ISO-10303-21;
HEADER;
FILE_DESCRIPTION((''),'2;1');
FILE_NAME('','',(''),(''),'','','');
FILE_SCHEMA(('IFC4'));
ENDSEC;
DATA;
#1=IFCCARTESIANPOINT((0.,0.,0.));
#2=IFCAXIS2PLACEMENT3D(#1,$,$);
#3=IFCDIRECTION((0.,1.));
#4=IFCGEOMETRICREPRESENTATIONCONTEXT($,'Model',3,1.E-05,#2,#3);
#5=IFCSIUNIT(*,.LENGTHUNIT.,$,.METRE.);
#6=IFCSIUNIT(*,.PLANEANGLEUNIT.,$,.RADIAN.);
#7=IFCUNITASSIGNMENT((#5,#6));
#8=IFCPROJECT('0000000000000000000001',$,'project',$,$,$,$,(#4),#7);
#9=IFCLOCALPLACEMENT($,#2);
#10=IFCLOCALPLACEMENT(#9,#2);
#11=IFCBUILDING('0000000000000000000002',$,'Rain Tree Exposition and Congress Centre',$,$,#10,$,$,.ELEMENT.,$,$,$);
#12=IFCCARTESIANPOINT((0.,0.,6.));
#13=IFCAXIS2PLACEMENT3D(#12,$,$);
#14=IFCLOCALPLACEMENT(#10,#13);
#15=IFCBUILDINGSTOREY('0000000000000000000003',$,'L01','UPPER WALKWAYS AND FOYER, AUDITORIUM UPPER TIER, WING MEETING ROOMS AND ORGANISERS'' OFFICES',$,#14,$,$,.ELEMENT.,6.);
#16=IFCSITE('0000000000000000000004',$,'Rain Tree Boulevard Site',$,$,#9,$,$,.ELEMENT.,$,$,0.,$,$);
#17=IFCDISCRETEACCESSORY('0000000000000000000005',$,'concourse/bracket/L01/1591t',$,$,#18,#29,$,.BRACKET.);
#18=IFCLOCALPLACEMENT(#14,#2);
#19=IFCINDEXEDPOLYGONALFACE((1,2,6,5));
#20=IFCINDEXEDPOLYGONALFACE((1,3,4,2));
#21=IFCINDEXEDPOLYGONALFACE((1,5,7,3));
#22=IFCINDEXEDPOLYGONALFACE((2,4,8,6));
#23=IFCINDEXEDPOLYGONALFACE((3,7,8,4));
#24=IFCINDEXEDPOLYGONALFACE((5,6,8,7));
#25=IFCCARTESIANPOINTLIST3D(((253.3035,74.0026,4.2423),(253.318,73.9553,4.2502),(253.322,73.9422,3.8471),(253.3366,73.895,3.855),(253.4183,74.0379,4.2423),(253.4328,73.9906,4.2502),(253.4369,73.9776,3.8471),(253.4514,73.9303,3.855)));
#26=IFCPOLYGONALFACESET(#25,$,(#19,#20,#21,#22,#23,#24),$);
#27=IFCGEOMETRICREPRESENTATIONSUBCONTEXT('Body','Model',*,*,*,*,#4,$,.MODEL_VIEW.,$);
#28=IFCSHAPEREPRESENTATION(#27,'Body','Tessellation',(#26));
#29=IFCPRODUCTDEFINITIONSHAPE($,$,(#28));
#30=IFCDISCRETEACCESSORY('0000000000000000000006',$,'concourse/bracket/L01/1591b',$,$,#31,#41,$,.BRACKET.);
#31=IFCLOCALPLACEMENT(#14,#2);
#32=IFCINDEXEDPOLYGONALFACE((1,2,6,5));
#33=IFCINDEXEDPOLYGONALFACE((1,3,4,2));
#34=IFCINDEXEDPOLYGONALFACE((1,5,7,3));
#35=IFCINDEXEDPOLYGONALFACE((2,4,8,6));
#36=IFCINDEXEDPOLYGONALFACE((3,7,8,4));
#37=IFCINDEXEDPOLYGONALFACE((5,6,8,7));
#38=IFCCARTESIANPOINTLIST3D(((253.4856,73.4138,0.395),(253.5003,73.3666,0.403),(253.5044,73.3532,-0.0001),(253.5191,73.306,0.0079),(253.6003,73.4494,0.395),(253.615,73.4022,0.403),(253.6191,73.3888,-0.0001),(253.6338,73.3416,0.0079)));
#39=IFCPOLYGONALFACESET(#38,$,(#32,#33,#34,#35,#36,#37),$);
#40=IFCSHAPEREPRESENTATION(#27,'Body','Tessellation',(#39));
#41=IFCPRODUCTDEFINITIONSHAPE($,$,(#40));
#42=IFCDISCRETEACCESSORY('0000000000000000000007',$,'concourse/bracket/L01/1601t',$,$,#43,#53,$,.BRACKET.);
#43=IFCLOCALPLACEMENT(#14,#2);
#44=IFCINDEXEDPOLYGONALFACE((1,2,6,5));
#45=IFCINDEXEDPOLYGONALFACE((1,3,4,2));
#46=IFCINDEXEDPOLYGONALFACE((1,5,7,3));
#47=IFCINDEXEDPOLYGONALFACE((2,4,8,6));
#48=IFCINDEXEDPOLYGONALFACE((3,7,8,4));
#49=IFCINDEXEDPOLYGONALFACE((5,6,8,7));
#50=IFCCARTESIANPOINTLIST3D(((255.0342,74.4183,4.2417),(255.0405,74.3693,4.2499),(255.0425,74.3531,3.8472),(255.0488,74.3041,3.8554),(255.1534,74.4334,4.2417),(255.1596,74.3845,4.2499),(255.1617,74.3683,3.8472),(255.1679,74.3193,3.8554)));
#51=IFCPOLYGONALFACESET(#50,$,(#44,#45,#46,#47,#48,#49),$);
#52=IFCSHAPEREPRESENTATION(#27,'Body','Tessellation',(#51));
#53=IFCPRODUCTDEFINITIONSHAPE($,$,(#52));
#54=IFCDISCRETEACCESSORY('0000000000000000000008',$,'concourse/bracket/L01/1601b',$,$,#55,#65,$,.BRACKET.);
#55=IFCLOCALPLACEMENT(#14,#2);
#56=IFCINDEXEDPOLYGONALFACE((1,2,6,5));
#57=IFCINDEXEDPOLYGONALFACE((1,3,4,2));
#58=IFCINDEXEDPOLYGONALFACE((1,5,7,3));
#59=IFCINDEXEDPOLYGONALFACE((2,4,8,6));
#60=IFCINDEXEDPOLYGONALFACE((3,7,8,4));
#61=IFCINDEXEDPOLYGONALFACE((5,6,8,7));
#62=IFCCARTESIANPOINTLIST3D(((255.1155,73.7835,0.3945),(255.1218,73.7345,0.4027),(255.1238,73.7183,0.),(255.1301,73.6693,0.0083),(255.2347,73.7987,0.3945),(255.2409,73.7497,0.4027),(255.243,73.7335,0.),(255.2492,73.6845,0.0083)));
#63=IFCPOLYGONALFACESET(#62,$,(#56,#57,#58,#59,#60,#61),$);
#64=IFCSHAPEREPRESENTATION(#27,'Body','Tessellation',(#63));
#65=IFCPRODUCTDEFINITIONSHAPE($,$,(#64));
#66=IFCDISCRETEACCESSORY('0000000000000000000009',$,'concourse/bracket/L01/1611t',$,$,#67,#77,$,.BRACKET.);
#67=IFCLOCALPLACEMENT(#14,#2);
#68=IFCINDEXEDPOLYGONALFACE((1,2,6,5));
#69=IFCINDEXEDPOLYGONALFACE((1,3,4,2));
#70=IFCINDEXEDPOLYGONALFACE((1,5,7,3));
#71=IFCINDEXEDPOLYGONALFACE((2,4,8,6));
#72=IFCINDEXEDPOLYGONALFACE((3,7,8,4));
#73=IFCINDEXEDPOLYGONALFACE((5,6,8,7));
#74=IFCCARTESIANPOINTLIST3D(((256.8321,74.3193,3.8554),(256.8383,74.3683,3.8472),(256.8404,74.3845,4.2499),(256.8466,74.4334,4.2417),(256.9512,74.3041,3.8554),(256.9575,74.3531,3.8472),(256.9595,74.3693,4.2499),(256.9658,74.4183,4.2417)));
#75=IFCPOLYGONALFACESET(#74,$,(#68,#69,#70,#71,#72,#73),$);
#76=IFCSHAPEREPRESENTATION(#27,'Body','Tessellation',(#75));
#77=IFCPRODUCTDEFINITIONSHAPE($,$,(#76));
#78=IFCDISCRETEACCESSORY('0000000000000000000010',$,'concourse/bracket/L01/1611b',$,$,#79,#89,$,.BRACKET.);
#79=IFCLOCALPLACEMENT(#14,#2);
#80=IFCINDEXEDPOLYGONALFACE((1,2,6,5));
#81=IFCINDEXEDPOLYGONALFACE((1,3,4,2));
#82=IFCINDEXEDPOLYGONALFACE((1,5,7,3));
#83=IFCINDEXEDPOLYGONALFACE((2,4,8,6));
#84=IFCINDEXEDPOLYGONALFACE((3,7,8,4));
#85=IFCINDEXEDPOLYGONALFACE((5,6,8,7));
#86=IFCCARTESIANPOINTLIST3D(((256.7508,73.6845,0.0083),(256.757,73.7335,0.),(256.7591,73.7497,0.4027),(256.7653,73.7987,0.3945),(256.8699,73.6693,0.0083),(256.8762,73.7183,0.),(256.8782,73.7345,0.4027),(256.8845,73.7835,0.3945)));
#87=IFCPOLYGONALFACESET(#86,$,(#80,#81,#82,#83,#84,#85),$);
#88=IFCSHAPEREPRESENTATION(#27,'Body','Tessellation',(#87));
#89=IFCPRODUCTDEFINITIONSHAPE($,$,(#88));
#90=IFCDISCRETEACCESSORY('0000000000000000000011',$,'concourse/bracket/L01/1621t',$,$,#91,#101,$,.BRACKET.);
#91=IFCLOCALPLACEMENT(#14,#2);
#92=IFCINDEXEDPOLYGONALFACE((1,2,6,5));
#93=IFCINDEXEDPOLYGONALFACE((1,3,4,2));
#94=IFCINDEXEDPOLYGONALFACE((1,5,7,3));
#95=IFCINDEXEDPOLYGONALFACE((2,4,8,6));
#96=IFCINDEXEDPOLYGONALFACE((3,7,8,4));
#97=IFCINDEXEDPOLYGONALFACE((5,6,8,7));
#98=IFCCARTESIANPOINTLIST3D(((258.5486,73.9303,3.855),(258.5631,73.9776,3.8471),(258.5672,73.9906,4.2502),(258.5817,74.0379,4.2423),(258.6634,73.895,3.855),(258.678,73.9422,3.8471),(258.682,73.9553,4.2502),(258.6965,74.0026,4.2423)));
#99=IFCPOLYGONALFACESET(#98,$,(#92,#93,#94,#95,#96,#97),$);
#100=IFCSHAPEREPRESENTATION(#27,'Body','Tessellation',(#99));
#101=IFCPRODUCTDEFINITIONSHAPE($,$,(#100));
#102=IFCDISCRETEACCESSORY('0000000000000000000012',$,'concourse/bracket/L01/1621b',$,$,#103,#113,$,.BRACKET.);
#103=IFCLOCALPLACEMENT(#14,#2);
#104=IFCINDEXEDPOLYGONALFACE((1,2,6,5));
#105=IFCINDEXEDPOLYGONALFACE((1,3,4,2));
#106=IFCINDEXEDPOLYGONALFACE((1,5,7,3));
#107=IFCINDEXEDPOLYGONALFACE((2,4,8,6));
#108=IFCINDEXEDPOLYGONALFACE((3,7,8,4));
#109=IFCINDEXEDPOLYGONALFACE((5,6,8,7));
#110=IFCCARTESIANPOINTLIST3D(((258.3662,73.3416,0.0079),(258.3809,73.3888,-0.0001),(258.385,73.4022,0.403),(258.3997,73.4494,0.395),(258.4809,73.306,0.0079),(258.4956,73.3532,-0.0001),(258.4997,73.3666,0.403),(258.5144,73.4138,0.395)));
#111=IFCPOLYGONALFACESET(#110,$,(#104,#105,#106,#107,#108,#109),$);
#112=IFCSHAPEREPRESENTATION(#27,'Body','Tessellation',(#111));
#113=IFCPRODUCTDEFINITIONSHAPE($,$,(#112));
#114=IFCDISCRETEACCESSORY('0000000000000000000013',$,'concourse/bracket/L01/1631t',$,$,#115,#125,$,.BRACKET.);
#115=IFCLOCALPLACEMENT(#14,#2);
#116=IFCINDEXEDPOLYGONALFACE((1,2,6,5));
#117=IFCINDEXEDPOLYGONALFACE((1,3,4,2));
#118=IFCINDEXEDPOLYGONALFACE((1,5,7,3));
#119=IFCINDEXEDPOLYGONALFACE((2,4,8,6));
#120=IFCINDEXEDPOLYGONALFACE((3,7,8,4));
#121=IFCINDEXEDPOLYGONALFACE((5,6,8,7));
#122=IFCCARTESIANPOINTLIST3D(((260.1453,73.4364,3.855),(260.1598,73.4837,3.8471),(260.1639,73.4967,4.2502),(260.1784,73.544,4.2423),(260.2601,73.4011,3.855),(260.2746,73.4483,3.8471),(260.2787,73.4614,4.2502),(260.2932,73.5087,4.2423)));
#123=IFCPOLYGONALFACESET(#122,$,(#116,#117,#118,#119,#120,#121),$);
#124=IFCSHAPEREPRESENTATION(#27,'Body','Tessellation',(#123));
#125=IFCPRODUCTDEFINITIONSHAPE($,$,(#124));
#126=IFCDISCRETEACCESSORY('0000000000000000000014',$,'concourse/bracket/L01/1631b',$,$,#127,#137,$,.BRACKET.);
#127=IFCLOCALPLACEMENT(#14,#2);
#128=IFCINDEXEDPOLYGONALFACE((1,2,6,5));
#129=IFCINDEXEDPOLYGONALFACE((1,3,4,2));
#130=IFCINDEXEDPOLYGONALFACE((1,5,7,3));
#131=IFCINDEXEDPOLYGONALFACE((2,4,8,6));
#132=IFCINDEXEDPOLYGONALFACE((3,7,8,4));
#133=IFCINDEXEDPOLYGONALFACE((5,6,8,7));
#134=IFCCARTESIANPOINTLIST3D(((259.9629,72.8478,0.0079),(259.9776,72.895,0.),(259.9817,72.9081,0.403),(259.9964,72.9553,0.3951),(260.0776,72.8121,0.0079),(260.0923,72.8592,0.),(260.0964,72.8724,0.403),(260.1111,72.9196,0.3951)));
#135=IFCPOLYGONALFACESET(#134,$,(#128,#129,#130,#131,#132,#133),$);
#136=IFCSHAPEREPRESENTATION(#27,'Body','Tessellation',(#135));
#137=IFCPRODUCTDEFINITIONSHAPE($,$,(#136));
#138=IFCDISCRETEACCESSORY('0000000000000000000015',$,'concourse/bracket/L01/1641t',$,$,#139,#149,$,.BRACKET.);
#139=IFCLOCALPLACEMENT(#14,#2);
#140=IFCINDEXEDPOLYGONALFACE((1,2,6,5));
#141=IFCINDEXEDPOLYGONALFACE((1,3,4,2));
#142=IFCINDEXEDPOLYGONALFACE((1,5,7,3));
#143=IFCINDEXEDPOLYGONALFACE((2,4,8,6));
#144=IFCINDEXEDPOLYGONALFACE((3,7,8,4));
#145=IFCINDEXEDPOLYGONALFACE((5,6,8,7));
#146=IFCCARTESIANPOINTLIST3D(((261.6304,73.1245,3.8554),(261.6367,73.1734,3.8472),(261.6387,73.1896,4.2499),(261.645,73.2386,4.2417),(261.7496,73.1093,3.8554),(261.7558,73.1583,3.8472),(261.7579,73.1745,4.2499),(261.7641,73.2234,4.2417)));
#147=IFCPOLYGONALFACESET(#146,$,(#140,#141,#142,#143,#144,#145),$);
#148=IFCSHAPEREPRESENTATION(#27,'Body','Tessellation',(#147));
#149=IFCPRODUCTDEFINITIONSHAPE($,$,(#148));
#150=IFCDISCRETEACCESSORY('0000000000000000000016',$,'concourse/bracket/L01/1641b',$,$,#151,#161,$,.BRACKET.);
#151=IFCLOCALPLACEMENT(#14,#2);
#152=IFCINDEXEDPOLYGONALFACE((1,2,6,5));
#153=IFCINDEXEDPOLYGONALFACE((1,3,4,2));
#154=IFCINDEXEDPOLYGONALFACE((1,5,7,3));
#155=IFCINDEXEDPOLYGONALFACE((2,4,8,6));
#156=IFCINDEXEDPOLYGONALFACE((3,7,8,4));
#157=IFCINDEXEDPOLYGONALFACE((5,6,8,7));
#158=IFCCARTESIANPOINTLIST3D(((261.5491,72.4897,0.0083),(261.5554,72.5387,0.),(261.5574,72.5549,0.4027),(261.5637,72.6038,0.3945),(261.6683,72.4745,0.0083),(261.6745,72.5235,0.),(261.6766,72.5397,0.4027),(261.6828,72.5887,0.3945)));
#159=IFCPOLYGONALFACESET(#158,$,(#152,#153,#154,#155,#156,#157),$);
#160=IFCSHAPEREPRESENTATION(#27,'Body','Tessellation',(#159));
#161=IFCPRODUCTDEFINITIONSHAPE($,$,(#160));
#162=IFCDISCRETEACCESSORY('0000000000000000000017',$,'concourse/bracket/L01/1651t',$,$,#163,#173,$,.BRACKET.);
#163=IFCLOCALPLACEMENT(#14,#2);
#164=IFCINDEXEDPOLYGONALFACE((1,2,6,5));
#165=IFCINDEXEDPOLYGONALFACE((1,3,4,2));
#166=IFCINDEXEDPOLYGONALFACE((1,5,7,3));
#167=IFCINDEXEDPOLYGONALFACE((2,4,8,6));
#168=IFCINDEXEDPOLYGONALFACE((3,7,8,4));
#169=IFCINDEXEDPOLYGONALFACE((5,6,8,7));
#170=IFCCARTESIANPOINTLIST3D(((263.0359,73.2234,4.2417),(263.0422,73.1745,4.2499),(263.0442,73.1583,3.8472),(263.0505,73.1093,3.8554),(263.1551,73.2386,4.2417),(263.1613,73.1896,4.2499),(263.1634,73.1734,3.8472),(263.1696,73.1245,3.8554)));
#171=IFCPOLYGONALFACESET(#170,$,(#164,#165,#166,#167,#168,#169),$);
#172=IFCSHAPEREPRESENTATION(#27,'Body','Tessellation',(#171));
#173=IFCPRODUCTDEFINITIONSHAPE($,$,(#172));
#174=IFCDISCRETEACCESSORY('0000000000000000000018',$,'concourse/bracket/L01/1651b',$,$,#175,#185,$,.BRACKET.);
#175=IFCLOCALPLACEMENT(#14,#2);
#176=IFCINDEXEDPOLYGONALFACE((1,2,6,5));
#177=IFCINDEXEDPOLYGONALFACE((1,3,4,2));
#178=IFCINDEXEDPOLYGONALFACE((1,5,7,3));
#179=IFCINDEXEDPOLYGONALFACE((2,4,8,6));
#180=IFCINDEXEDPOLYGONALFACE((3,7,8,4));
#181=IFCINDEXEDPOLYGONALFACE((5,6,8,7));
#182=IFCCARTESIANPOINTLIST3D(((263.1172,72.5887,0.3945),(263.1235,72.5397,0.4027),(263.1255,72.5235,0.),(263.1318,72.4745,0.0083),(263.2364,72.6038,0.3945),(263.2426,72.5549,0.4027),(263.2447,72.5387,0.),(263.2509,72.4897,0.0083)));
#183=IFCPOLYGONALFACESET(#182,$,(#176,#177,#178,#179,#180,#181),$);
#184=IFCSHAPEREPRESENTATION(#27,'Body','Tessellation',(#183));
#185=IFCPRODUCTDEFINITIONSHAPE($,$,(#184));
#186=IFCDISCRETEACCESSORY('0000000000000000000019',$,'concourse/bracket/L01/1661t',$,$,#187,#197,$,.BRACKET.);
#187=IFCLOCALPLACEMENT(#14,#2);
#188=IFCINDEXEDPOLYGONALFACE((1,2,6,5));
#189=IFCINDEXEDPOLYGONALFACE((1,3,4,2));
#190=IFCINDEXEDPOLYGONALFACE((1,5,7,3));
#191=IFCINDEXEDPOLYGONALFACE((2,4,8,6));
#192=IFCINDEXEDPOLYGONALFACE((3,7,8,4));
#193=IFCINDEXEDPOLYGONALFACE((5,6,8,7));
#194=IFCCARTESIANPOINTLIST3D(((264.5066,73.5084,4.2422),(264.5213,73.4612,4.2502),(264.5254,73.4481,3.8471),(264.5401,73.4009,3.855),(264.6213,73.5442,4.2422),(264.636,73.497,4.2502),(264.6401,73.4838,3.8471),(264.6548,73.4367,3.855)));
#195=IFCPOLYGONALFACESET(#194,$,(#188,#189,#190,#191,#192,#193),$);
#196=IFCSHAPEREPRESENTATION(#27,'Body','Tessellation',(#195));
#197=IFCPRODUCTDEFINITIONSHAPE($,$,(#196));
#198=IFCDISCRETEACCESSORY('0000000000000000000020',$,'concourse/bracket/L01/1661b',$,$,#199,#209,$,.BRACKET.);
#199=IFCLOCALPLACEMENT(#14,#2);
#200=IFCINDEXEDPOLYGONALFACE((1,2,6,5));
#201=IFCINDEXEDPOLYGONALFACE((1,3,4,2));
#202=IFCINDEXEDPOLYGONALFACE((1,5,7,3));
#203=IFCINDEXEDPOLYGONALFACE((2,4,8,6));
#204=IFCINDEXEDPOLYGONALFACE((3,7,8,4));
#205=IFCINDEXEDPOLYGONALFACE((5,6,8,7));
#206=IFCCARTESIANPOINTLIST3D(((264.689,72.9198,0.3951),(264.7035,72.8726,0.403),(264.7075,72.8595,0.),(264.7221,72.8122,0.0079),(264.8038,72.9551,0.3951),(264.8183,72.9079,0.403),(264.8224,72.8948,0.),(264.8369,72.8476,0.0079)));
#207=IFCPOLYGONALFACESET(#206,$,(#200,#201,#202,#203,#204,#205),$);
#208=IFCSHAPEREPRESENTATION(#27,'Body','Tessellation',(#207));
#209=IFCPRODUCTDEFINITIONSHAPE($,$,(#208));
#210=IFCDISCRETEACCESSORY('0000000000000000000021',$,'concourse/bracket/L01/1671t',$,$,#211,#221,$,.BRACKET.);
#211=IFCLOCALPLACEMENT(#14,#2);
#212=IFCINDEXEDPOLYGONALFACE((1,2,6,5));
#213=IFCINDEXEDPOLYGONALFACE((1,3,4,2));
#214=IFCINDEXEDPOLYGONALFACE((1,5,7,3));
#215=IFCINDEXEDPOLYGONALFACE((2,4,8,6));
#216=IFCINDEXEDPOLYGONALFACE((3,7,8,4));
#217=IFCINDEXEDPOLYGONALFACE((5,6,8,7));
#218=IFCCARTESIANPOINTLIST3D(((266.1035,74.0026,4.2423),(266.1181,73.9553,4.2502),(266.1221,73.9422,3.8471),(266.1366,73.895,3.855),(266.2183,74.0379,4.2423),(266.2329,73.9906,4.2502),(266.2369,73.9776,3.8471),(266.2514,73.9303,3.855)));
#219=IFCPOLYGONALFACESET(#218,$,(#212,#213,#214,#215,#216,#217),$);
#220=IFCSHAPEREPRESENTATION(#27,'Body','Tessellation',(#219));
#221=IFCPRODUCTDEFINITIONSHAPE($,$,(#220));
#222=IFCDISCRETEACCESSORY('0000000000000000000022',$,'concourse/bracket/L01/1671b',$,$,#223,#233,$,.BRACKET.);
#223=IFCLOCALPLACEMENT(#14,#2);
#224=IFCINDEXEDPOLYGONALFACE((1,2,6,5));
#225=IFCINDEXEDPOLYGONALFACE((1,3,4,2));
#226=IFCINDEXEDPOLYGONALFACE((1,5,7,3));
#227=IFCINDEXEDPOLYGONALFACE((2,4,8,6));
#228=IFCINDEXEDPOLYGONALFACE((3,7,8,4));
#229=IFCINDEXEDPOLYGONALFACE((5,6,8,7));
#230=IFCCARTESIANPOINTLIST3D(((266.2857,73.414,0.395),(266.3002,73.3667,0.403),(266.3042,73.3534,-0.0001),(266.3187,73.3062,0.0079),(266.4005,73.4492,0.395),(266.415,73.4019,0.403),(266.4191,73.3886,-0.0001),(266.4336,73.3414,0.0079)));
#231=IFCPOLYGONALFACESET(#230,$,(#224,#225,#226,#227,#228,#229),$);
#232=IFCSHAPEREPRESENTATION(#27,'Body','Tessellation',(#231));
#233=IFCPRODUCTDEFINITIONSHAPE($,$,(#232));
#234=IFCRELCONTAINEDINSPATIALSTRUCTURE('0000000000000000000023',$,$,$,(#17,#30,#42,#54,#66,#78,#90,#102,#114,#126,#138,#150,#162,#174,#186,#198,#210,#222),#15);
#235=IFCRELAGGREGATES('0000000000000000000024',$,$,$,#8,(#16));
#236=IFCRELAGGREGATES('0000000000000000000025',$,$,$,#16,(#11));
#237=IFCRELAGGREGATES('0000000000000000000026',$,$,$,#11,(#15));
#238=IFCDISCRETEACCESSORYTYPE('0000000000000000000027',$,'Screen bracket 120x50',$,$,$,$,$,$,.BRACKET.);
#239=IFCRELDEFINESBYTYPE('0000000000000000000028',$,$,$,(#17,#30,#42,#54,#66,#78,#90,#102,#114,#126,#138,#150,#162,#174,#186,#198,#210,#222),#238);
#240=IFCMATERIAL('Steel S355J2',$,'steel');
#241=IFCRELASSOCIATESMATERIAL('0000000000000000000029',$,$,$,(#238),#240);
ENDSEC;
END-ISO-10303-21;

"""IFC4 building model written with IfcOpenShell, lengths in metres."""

from ifc_helpers import new_model, si_unit, direction, frame, origin, origin_2d, place, context, subcontext, project, spatial, rectangle, extrude, material, material_profile, profile_set, type_object, element, save


model = new_model("IFC4")

# Units and contexts
model_context = context("Model", 3, precision=1e-05, world=origin(), true_north=direction((0.0, 1.0)))
body_context = subcontext(model_context, "Body", "Model", "MODEL_VIEW")
ifc_project = project(units=[si_unit("LENGTHUNIT", "METRE"), si_unit("PLANEANGLEUNIT", "RADIAN")], contexts=[model_context])

# Site, building, storey
site_placement = place(None, origin())
site = spatial("IfcSite", under=ifc_project, at=site_placement, Name="Rain Tree Boulevard Site", CompositionType="ELEMENT", RefElevation=0.0)
building_placement = place(site_placement, origin())
building = spatial("IfcBuilding", under=site, at=building_placement, Name="Rain Tree Exposition and Congress Centre", CompositionType="ELEMENT")
storey_placement = place(building_placement, frame((0.0, 0.0, 6.0)))
storey = spatial("IfcBuildingStorey", under=building, at=storey_placement, Name="L01", Description="UPPER WALKWAYS AND FOYER, AUDITORIUM UPPER TIER, WING MEETING ROOMS AND ORGANISERS' OFFICES", CompositionType="ELEMENT", Elevation=6.0)

# Discrete accessories
ifc_material_1 = material(Name="Steel S355J2", Category="steel")
ifc_material_profile = material_profile(ifc_material_1, rectangle(XDim=0.1201, YDim=0.05, at=origin_2d()), Name="Flat bar 120x50")
ifc_profile_set = profile_set([ifc_material_profile], Name="Steel S355J2")
discrete_accessory_type = type_object("IfcDiscreteAccessoryType", Name="Screen bracket 120x50", PredefinedType="BRACKET", material=ifc_profile_set)
for number, where, z_axis, x_axis, name in (
    (1, (253.3867, 73.9363, 3.8511), (-0.046384, 0.150747, 0.987484), (-0.955779, -0.294086, 0.0), "concourse/bracket/L01/1591t"),
    (2, (253.5691, 73.3474, 0.0039), (-0.046988, 0.151339, 0.987364), (-0.955027, -0.29652, 0.0), "concourse/bracket/L01/1591b"),
):
    element("IfcDiscreteAccessory", number, at=place(storey_placement, frame(where, z_axis=z_axis, x_axis=x_axis)), inside=storey, type_object=discrete_accessory_type, Name=name, PredefinedType="BRACKET", context=body_context, shape_type="SweptSolid", body=[
        extrude(rectangle(XDim=0.1201, YDim=0.05, at=origin_2d()), origin(), (0.0, 0.0, 1.0), 0.4001),
    ])
for number, where, z_axis, x_axis, name in (
    (3, (255.1052, 74.3362, 3.8513), (-0.020754, 0.162978, 0.986411), (-0.991989, -0.126321, 0.0), "concourse/bracket/L01/1601t"),
    (4, (255.1865, 73.7014, 0.0042), (-0.020754, 0.162978, 0.986411), (-0.991989, -0.126321, 0.0), "concourse/bracket/L01/1601b"),
    (5, (256.8948, 74.3362, 3.8513), (0.020754, 0.162978, 0.986411), (-0.991989, 0.126321, 0.0), "concourse/bracket/L01/1611t"),
    (6, (256.8135, 73.7014, 0.0042), (0.020754, 0.162978, 0.986411), (-0.991989, 0.126321, 0.0), "concourse/bracket/L01/1611b"),
):
    element("IfcDiscreteAccessory", number, at=place(storey_placement, frame(where, z_axis=z_axis, x_axis=x_axis)), inside=storey, type_object=discrete_accessory_type, Name=name, PredefinedType="BRACKET", context=body_context, shape_type="SweptSolid", body=[
        extrude(rectangle(XDim=0.1201, YDim=0.05, at=origin_2d()), origin(), (0.0, 0.0, 1.0), 0.3999),
    ])
for number, where, z_axis, x_axis, name in (
    (7, (258.6133, 73.9363, 3.8511), (0.046384, 0.150747, 0.987484), (-0.955779, 0.294086, 0.0), "concourse/bracket/L01/1621t"),
    (8, (258.4309, 73.3474, 0.0039), (0.046988, 0.151339, 0.987364), (-0.955027, 0.29652, 0.0), "concourse/bracket/L01/1621b"),
    (9, (260.21, 73.4424, 3.8511), (0.046384, 0.150747, 0.987484), (-0.955779, 0.294086, 0.0), "concourse/bracket/L01/1631t"),
    (10, (260.0276, 72.8535, 0.0039), (0.046993, 0.150743, 0.987456), (-0.954686, 0.297615, 0.0), "concourse/bracket/L01/1631b"),
):
    element("IfcDiscreteAccessory", number, at=place(storey_placement, frame(where, z_axis=z_axis, x_axis=x_axis)), inside=storey, type_object=discrete_accessory_type, Name=name, PredefinedType="BRACKET", context=body_context, shape_type="SweptSolid", body=[
        extrude(rectangle(XDim=0.1201, YDim=0.05, at=origin_2d()), origin(), (0.0, 0.0, 1.0), 0.4001),
    ])
for number, where, z_axis, x_axis, name in (
    (11, (261.6931, 73.1414, 3.8513), (0.020754, 0.162978, 0.986411), (-0.991989, 0.126321, 0.0), "concourse/bracket/L01/1641t"),
    (12, (261.6118, 72.5066, 0.0042), (0.020754, 0.162978, 0.986411), (-0.991989, 0.126321, 0.0), "concourse/bracket/L01/1641b"),
    (13, (263.1069, 73.1414, 3.8513), (-0.020754, 0.162978, 0.986411), (-0.991989, -0.126321, 0.0), "concourse/bracket/L01/1651t"),
    (14, (263.1882, 72.5066, 0.0042), (-0.020754, 0.162978, 0.986411), (-0.991989, -0.126321, 0.0), "concourse/bracket/L01/1651b"),
):
    element("IfcDiscreteAccessory", number, at=place(storey_placement, frame(where, z_axis=z_axis, x_axis=x_axis)), inside=storey, type_object=discrete_accessory_type, Name=name, PredefinedType="BRACKET", context=body_context, shape_type="SweptSolid", body=[
        extrude(rectangle(XDim=0.1201, YDim=0.05, at=origin_2d()), origin(), (0.0, 0.0, 1.0), 0.3999),
    ])
for number, where, z_axis, x_axis, name in (
    (15, (264.5901, 73.4424, 3.8511), (-0.046993, 0.150743, 0.987456), (-0.954686, -0.297615, 0.0), "concourse/bracket/L01/1661t"),
    (16, (264.7722, 72.8535, 0.0039), (-0.046384, 0.150747, 0.987484), (-0.955779, -0.294086, 0.0), "concourse/bracket/L01/1661b"),
    (17, (266.1868, 73.9363, 3.8511), (-0.046384, 0.150747, 0.987484), (-0.955779, -0.294086, 0.0), "concourse/bracket/L01/1671t"),
    (18, (266.3689, 73.3474, 0.0039), (-0.046379, 0.151343, 0.987393), (-0.956112, -0.293002, 0.0), "concourse/bracket/L01/1671b"),
):
    element("IfcDiscreteAccessory", number, at=place(storey_placement, frame(where, z_axis=z_axis, x_axis=x_axis)), inside=storey, type_object=discrete_accessory_type, Name=name, PredefinedType="BRACKET", context=body_context, shape_type="SweptSolid", body=[
        extrude(rectangle(XDim=0.1201, YDim=0.05, at=origin_2d()), origin(), (0.0, 0.0, 1.0), 0.4001),
    ])

save(model, "model.ifc")
